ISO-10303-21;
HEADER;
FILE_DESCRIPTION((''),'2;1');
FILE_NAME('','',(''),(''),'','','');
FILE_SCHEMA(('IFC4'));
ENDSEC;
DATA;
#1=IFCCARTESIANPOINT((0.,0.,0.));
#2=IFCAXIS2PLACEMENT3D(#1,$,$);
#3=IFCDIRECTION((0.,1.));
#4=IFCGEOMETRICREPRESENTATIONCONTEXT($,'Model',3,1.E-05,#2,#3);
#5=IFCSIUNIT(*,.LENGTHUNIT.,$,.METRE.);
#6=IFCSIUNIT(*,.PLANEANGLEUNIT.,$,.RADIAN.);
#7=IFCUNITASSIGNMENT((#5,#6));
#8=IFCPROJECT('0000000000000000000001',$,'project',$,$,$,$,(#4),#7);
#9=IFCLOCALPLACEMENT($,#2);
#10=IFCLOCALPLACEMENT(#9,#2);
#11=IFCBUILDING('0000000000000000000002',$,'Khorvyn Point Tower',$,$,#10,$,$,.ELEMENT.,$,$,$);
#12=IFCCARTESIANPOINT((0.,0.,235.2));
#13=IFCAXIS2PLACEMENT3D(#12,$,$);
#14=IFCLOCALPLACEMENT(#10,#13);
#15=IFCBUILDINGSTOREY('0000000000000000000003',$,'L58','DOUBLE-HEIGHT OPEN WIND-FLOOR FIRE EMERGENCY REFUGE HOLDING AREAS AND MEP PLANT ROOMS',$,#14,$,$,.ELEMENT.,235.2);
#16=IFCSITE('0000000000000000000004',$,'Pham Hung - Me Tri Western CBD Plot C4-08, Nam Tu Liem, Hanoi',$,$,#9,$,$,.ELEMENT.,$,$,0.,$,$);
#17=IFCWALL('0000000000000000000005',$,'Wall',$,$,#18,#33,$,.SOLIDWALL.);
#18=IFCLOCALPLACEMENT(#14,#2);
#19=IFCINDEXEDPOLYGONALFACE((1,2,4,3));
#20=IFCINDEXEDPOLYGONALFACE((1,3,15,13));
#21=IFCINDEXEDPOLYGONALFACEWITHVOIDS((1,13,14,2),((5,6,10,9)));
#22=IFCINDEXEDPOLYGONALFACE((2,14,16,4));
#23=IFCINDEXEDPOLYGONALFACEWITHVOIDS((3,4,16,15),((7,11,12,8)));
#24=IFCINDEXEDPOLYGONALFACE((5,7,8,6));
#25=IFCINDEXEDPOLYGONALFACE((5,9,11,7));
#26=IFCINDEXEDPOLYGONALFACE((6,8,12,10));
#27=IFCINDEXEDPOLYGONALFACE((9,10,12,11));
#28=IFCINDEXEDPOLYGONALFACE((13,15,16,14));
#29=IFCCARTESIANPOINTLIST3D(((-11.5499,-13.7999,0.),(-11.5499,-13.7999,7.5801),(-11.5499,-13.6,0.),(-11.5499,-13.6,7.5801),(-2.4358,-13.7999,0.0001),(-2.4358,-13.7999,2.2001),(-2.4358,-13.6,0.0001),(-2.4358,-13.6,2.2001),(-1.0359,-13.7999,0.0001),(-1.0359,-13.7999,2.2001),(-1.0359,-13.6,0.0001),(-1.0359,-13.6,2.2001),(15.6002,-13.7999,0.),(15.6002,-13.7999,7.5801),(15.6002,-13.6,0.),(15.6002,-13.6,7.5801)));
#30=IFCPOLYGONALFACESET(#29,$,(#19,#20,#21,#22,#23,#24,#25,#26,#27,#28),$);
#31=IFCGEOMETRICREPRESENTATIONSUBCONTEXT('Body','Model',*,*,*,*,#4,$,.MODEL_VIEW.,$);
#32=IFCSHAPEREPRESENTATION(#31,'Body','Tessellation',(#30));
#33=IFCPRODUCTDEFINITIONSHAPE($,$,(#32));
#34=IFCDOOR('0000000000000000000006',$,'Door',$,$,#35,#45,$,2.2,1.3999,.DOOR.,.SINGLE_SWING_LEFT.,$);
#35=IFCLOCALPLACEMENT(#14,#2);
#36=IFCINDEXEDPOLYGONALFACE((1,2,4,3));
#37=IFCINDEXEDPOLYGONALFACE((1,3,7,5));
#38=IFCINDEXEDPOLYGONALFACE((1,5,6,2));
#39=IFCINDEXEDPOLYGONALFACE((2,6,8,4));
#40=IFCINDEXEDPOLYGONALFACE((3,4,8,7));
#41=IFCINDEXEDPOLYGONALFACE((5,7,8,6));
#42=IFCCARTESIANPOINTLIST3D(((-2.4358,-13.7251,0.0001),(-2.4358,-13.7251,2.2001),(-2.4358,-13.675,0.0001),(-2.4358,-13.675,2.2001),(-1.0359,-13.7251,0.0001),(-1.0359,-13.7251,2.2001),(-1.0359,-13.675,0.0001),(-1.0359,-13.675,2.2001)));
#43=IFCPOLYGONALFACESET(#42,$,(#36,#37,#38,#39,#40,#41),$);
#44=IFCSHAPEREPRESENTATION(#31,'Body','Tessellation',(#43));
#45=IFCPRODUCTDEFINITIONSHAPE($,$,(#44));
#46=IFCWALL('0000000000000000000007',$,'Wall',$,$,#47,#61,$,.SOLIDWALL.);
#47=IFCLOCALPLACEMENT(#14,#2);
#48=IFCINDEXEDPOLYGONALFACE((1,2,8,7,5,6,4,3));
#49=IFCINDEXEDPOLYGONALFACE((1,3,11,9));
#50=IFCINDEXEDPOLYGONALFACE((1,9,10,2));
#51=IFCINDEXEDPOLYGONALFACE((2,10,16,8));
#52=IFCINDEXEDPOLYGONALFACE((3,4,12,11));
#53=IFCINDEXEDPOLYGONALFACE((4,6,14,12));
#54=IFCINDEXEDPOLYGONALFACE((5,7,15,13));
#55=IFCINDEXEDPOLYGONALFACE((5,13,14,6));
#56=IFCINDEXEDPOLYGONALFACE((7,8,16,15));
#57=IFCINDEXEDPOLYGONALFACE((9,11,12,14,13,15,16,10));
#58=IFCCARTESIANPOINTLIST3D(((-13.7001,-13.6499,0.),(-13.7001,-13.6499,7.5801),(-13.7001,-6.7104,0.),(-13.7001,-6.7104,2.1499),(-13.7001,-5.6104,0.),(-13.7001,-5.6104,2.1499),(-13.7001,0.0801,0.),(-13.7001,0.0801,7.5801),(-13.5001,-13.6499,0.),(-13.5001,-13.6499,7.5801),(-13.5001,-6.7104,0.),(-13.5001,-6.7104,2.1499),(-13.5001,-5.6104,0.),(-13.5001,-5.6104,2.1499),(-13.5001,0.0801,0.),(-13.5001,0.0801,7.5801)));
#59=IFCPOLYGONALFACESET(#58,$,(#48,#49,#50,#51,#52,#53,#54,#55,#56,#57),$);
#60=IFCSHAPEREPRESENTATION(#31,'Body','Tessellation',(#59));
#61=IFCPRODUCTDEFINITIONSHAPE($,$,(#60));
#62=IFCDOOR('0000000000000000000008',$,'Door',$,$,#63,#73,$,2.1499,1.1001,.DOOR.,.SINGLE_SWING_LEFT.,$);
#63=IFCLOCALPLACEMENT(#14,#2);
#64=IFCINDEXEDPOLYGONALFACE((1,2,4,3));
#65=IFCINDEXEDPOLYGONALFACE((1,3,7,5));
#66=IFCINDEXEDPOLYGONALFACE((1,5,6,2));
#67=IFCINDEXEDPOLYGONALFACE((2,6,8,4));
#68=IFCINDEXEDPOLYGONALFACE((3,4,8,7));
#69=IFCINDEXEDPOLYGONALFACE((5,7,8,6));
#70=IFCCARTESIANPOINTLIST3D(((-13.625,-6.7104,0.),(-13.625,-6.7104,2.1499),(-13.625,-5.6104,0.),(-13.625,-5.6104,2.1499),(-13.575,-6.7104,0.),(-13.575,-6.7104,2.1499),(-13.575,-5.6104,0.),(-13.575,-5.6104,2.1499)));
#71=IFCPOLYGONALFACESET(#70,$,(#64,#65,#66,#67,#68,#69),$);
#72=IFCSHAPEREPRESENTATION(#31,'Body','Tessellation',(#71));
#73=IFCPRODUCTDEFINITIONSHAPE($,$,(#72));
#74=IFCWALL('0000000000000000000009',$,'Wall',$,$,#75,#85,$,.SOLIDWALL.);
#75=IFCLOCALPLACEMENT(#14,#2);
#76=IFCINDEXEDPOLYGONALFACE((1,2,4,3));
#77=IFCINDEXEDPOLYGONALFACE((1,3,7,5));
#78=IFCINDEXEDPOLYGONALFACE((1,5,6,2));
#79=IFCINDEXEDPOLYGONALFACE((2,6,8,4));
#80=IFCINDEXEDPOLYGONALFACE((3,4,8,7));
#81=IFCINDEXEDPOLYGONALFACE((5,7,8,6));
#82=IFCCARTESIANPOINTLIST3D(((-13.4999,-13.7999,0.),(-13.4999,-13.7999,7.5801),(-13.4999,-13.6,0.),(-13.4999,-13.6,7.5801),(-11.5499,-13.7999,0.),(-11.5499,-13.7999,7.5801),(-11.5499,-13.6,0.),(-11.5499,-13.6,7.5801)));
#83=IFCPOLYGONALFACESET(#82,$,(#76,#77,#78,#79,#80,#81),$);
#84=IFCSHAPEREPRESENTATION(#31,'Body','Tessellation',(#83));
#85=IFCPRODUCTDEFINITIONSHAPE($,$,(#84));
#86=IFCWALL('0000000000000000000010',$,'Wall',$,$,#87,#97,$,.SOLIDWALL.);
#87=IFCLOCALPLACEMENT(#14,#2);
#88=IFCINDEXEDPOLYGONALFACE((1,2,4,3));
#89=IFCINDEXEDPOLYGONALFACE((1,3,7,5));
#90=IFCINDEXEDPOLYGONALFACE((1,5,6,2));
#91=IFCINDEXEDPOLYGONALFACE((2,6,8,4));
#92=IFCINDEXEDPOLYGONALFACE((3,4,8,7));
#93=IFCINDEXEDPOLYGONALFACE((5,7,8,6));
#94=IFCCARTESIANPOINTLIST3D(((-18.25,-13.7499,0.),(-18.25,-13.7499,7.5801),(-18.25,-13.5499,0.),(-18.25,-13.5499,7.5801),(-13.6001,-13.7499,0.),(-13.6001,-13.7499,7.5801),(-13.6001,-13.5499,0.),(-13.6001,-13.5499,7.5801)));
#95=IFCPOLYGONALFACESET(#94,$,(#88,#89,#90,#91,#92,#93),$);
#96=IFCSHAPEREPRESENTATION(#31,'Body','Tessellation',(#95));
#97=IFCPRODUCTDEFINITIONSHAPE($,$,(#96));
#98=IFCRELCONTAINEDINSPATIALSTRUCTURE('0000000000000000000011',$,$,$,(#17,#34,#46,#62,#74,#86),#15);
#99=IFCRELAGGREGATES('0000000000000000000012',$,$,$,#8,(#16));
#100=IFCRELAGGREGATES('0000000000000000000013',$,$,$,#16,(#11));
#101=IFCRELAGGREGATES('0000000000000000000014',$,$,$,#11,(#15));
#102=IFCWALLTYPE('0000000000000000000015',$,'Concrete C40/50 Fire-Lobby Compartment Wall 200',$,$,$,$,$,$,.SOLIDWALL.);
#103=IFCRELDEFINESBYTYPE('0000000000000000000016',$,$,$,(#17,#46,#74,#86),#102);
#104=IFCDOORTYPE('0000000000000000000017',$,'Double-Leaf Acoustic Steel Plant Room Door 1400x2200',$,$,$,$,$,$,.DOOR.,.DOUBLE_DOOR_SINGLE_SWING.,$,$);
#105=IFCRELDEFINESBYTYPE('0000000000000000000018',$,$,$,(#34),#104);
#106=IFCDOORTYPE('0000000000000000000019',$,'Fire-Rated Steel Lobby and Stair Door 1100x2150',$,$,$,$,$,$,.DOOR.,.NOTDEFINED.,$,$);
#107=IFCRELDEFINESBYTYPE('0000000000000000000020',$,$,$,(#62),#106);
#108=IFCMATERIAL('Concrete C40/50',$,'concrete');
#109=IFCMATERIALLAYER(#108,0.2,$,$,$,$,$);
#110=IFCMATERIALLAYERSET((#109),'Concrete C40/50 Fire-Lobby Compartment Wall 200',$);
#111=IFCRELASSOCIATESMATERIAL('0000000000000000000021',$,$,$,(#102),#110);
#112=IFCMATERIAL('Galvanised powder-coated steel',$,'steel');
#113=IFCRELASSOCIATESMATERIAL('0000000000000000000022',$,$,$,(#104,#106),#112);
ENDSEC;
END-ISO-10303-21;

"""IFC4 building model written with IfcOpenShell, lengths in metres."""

from ifc_helpers import new_model, si_unit, direction, frame, frame_2d, origin, place, context, subcontext, project, spatial, rectangle, extrude, material, layer, layer_set, type_object, element, fill, save


model = new_model("IFC4")

# Units and contexts
model_context = context("Model", 3, precision=1e-05, world=origin(), true_north=direction((0.0, 1.0)))
body_context = subcontext(model_context, "Body", "Model", "MODEL_VIEW")
ifc_project = project(units=[si_unit("LENGTHUNIT", "METRE"), si_unit("PLANEANGLEUNIT", "RADIAN")], contexts=[model_context])

# Site, building, storey
site_placement = place(None, origin())
site = spatial("IfcSite", under=ifc_project, at=site_placement, Name="Pham Hung - Me Tri Western CBD Plot C4-08, Nam Tu Liem, Hanoi", CompositionType="ELEMENT", RefElevation=0.0)
building_placement = place(site_placement, origin())
building = spatial("IfcBuilding", under=site, at=building_placement, Name="Khorvyn Point Tower", CompositionType="ELEMENT")
storey_placement = place(building_placement, frame((0.0, 0.0, 235.2)))
storey = spatial("IfcBuildingStorey", under=building, at=storey_placement, Name="L58", Description="DOUBLE-HEIGHT OPEN WIND-FLOOR FIRE EMERGENCY REFUGE HOLDING AREAS AND MEP PLANT ROOMS", CompositionType="ELEMENT", Elevation=235.2)

# Walls, openings, doors
ifc_material_1 = material(Name="Concrete C40/50", Category="concrete")
ifc_layer_1 = layer(ifc_material_1, 0.2)
ifc_layer_set_1 = layer_set([ifc_layer_1], Name="Concrete C40/50 Fire-Lobby Compartment Wall 200")
wall_type = type_object("IfcWallType", Name="Concrete C40/50 Fire-Lobby Compartment Wall 200", PredefinedType="SOLIDWALL", material=ifc_layer_set_1)
wall_1_placement = place(storey_placement, frame((-11.55, -13.7, 0.0), z_axis=(0.0, 0.0, 1.0), x_axis=(1.0, 0.0, 0.0)))
wall_1 = element("IfcWall", 1, at=wall_1_placement, inside=storey, type_object=wall_type, Name="Wall", PredefinedType="SOLIDWALL", context=body_context, shape_type="SweptSolid", body=[
    extrude(rectangle(XDim=27.1501, YDim=0.2, at=frame_2d((13.5752, 0.0))), origin(), (0.0, 0.0, 1.0), 7.5801),
])
opening_1_placement = place(wall_1_placement, frame((9.1143, 0.0, 0.0)))
opening_1 = element("IfcOpeningElement", 2, at=opening_1_placement, cuts=wall_1, PredefinedType="OPENING", context=body_context, shape_type="SweptSolid", body=[
    extrude(rectangle(XDim=1.3999, YDim=2.2, at=frame_2d((0.7, 1.1001))), frame((0.0, 0.1099, 0.0), z_axis=(0.0, -1.0, 0.0), x_axis=(1.0, 0.0, 0.0)), (0.0, 0.0, 1.0), 0.22),
])
ifc_material_2 = material(Name="Galvanised powder-coated steel", Category="steel")
door_type_1 = type_object("IfcDoorType", Name="Double-Leaf Acoustic Steel Plant Room Door 1400x2200", OperationType="DOUBLE_DOOR_SINGLE_SWING", PredefinedType="DOOR", material=ifc_material_2)
door_1_placement = place(opening_1_placement, origin())
door_1 = element("IfcDoor", 3, at=door_1_placement, inside=storey, type_object=door_type_1, Name="Door", OperationType="SINGLE_SWING_LEFT", OverallHeight=2.2, OverallWidth=1.3999, PredefinedType="DOOR", context=body_context, shape_type="SweptSolid", body=[
    extrude(rectangle(XDim=1.3999, YDim=2.2, at=frame_2d((0.7, 1.1001))), frame((0.0, 0.0249, 0.0), z_axis=(0.0, -1.0, 0.0), x_axis=(1.0, 0.0, 0.0)), (0.0, 0.0, 1.0), 0.05),
])
fill(opening_1, door_1)
wall_2_placement = place(storey_placement, frame((-13.6001, -13.6499, 0.0), z_axis=(0.0, 0.0, 1.0), x_axis=(0.0, 1.0, 0.0)))
wall_2 = element("IfcWall", 4, at=wall_2_placement, inside=storey, type_object=wall_type, Name="Wall", PredefinedType="SOLIDWALL", context=body_context, shape_type="SweptSolid", body=[
    extrude(rectangle(XDim=13.73, YDim=0.2, at=frame_2d((6.865, 0.0))), origin(), (0.0, 0.0, 1.0), 7.5801),
])
opening_2_placement = place(wall_2_placement, frame((6.9395, 0.0, 0.0)))
opening_2 = element("IfcOpeningElement", 5, at=opening_2_placement, cuts=wall_2, PredefinedType="OPENING", context=body_context, shape_type="SweptSolid", body=[
    extrude(rectangle(XDim=1.1001, YDim=2.1499, at=frame_2d((0.55, 1.075))), frame((0.0, 0.1099, 0.0), z_axis=(0.0, -1.0, 0.0), x_axis=(1.0, 0.0, 0.0)), (0.0, 0.0, 1.0), 0.22),
])
door_type_2 = type_object("IfcDoorType", Name="Fire-Rated Steel Lobby and Stair Door 1100x2150", OperationType="NOTDEFINED", PredefinedType="DOOR", material=ifc_material_2)
door_2_placement = place(opening_2_placement, origin())
door_2 = element("IfcDoor", 6, at=door_2_placement, inside=storey, type_object=door_type_2, Name="Door", OperationType="SINGLE_SWING_LEFT", OverallHeight=2.1499, OverallWidth=1.1001, PredefinedType="DOOR", context=body_context, shape_type="SweptSolid", body=[
    extrude(rectangle(XDim=1.1001, YDim=2.1499, at=frame_2d((0.55, 1.075))), frame((0.0, 0.0249, 0.0), z_axis=(0.0, -1.0, 0.0), x_axis=(1.0, 0.0, 0.0)), (0.0, 0.0, 1.0), 0.05),
])
fill(opening_2, door_2)

# Walls
wall_3_placement = place(storey_placement, frame((-13.5, -13.7, 0.0), z_axis=(0.0, 0.0, 1.0), x_axis=(1.0, 0.0, 0.0)))
element("IfcWall", 7, at=wall_3_placement, inside=storey, type_object=wall_type, Name="Wall", PredefinedType="SOLIDWALL", context=body_context, shape_type="SweptSolid", body=[
    extrude(rectangle(XDim=1.95, YDim=0.2, at=frame_2d((0.9751, 0.0))), origin(), (0.0, 0.0, 1.0), 7.5801),
])
wall_4_placement = place(storey_placement, frame((-18.25, -13.6499, 0.0), z_axis=(0.0, 0.0, 1.0), x_axis=(1.0, 0.0, 0.0)))
element("IfcWall", 8, at=wall_4_placement, inside=storey, type_object=wall_type, Name="Wall", PredefinedType="SOLIDWALL", context=body_context, shape_type="SweptSolid", body=[
    extrude(rectangle(XDim=4.6499, YDim=0.2, at=frame_2d((2.325, 0.0))), origin(), (0.0, 0.0, 1.0), 7.5801),
])

save(model, "model.ifc")
